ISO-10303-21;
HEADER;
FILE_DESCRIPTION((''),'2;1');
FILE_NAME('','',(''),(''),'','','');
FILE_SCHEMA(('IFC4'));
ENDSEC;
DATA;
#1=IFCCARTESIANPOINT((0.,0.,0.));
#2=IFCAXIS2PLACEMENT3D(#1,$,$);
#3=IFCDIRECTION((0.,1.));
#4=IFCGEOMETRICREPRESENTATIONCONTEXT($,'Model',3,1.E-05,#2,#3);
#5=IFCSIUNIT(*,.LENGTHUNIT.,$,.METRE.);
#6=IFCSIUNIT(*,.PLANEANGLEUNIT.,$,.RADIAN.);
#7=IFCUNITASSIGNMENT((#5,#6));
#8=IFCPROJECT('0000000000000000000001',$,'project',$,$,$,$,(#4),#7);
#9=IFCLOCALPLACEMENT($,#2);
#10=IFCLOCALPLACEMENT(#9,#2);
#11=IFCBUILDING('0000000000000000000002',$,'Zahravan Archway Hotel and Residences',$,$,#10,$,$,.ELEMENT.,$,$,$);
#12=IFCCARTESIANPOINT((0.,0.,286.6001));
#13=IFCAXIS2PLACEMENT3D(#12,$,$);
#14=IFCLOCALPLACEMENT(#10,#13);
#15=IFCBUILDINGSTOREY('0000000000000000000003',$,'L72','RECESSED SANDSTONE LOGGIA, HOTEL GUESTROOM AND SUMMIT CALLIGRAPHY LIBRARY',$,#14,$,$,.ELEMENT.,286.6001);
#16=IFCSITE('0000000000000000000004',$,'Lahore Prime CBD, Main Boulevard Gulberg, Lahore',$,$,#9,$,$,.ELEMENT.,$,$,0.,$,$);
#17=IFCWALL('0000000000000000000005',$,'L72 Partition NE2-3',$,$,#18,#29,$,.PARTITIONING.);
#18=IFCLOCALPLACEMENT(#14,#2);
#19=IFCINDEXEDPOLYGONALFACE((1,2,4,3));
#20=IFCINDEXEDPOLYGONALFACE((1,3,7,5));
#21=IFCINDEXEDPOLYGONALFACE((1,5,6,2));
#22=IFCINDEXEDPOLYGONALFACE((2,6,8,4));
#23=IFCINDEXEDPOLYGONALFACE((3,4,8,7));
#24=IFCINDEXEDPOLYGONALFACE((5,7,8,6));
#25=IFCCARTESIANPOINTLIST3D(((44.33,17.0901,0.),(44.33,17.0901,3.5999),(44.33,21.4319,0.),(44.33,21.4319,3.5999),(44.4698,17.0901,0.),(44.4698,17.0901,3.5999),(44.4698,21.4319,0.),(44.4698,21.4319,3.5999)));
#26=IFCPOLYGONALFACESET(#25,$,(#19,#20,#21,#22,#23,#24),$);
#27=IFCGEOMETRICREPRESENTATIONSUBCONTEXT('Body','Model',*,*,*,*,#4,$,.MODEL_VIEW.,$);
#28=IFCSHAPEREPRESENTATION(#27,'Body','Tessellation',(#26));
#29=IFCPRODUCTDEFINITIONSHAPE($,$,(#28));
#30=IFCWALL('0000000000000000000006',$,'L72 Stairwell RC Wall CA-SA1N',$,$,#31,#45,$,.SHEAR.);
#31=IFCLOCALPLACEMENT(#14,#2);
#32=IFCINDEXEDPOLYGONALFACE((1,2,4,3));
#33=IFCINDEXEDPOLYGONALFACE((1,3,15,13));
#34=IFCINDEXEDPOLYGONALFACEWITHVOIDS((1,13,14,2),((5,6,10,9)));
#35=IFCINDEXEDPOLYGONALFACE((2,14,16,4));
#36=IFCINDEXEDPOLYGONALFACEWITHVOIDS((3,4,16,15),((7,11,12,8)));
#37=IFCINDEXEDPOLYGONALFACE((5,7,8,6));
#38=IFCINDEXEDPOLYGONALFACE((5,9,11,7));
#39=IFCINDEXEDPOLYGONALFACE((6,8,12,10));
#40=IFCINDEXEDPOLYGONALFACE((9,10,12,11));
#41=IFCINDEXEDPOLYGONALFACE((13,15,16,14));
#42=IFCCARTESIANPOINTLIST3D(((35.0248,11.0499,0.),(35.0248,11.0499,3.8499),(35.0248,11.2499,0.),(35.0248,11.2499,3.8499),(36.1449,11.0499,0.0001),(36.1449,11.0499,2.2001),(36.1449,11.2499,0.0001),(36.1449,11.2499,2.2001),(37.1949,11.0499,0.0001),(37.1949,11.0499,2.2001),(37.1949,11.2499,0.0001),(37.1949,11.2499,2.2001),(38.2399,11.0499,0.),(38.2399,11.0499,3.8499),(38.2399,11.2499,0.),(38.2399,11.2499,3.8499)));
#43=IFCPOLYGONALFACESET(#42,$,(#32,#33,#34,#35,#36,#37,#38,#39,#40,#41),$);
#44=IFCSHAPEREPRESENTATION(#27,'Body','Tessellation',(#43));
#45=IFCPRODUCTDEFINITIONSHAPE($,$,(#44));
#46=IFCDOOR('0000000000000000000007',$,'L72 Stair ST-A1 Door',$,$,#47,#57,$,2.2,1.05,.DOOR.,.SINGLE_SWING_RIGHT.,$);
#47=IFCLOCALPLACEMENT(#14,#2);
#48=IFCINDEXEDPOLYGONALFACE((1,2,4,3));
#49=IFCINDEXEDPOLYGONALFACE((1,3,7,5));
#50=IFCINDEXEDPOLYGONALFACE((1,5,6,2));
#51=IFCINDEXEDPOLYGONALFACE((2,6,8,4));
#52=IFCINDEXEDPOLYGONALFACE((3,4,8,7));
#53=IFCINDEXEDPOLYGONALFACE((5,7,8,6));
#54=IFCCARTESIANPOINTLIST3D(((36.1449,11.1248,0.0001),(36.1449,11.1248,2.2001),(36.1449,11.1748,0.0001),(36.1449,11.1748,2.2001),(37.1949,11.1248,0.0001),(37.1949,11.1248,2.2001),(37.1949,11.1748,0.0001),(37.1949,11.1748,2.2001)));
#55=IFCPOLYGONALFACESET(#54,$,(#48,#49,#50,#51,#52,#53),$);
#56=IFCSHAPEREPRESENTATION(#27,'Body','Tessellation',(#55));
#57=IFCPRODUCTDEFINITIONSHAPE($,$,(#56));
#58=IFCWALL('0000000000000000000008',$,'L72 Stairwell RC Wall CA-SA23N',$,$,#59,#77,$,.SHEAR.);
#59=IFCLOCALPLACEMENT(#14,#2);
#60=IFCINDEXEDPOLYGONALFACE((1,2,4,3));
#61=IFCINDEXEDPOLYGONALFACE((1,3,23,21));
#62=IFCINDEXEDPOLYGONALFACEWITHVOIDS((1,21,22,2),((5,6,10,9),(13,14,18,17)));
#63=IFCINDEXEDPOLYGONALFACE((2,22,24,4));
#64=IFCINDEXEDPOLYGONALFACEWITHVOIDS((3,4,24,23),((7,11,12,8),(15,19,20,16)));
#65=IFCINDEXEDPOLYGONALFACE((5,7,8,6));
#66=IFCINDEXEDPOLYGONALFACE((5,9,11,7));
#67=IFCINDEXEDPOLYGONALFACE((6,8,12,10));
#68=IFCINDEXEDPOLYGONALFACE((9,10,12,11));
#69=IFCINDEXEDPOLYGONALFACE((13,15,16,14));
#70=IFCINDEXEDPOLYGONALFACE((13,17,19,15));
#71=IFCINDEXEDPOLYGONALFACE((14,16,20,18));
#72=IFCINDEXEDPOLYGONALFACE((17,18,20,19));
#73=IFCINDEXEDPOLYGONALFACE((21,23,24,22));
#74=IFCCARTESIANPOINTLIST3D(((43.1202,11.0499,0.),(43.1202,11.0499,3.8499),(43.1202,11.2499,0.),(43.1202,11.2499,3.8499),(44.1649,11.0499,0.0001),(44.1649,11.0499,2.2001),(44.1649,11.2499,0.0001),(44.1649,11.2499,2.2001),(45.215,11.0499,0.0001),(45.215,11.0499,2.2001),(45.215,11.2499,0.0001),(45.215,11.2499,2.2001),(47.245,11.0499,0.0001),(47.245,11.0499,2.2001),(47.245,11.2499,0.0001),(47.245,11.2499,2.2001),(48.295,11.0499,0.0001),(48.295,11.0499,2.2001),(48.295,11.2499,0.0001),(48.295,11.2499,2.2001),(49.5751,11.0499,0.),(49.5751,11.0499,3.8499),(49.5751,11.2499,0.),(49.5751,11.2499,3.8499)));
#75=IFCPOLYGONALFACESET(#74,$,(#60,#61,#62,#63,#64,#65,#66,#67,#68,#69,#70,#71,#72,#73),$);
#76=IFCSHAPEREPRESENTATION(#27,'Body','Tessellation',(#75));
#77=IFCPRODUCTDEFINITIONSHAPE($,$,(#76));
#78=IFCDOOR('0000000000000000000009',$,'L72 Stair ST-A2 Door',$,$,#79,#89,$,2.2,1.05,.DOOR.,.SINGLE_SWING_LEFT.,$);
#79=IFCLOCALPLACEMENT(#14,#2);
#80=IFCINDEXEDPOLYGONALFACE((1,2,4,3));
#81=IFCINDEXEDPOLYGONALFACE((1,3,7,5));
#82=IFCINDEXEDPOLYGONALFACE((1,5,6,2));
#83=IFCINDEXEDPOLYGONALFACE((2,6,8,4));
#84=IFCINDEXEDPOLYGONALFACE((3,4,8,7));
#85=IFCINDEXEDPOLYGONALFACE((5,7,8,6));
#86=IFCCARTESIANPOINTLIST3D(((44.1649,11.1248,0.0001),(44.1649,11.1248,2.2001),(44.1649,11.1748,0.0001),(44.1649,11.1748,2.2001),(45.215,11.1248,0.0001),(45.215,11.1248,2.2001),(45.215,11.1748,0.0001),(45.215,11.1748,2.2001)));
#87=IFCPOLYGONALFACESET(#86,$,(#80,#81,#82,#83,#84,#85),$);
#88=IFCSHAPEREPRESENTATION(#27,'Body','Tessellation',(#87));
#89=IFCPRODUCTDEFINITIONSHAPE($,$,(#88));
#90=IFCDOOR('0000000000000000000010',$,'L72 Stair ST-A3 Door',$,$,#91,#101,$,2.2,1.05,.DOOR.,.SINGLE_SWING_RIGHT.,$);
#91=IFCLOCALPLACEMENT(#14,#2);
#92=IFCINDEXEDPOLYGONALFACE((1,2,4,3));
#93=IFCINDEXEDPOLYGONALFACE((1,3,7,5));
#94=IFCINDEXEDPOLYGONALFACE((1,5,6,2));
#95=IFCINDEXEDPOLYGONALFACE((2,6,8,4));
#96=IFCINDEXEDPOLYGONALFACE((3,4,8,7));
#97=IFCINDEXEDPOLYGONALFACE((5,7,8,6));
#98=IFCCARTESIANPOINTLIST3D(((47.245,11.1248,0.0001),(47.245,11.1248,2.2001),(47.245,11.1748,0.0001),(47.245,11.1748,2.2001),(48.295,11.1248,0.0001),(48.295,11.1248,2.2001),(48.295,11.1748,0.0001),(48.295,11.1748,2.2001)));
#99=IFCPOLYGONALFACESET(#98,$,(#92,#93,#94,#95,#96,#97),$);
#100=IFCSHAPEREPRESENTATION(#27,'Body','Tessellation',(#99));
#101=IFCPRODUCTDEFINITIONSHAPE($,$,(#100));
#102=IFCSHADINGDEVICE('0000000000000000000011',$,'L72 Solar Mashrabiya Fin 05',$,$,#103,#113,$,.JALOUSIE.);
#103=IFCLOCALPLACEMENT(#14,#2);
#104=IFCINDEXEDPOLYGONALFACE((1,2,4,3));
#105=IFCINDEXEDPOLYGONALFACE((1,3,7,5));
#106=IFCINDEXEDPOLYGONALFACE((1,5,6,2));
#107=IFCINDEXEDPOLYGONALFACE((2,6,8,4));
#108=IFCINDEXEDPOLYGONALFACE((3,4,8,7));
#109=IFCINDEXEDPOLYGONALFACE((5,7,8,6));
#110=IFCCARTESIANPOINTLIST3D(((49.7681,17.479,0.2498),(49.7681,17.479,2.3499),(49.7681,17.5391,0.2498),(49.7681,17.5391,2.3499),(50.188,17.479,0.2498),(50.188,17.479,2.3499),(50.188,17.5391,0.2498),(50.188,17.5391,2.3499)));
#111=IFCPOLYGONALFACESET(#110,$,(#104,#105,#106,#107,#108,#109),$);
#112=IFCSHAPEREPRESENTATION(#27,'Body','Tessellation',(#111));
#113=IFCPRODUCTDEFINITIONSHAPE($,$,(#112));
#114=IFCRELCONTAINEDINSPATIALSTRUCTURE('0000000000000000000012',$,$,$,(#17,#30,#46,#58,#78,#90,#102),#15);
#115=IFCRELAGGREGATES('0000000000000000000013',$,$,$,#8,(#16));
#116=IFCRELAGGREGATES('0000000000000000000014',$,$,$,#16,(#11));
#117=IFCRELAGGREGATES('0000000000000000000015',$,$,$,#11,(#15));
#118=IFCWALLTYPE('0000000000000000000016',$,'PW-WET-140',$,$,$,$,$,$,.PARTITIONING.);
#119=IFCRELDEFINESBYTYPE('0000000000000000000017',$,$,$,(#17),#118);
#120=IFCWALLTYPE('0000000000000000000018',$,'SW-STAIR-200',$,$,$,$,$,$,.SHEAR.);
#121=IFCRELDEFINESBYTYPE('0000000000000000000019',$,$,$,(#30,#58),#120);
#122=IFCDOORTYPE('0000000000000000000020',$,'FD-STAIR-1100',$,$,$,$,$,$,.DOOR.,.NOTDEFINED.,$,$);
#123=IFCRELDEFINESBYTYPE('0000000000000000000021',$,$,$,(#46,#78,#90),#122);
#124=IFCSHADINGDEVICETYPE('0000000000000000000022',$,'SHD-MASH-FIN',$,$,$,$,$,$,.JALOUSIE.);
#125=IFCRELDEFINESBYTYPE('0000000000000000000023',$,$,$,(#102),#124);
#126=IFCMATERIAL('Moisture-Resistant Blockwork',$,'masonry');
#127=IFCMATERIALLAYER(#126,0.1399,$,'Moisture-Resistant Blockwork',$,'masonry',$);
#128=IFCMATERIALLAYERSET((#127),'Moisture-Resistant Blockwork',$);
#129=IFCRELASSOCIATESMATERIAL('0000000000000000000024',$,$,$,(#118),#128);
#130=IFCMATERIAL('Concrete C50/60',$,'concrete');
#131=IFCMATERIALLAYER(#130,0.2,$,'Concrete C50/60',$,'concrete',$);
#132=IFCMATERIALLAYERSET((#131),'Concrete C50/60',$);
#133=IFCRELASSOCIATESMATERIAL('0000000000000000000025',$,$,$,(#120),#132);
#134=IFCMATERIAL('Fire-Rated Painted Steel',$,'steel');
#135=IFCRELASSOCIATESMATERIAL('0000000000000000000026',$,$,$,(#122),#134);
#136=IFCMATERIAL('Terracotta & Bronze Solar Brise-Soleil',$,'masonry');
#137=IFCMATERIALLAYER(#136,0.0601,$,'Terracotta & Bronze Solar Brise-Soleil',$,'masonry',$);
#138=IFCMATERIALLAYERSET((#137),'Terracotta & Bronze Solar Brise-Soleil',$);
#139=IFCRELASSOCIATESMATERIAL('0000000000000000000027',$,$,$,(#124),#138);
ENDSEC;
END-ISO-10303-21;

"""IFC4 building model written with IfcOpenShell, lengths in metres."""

from ifc_helpers import new_model, si_unit, direction, frame, frame_2d, origin, origin_2d, place, context, subcontext, project, spatial, rectangle, extrude, source, transform, mapped, material, layer, layer_set, type_object, type_shapes, element, fill, save


model = new_model("IFC4")

# Units and contexts
model_context = context("Model", 3, precision=1e-05, world=origin(), true_north=direction((0.0, 1.0)))
body_context = subcontext(model_context, "Body", "Model", "MODEL_VIEW")
ifc_project = project(units=[si_unit("LENGTHUNIT", "METRE"), si_unit("PLANEANGLEUNIT", "RADIAN")], contexts=[model_context])

# Site, building, storey
site_placement = place(None, origin())
site = spatial("IfcSite", under=ifc_project, at=site_placement, Name="Lahore Prime CBD, Main Boulevard Gulberg, Lahore", CompositionType="ELEMENT", RefElevation=0.0)
building_placement = place(site_placement, origin())
building = spatial("IfcBuilding", under=site, at=building_placement, Name="Zahravan Archway Hotel and Residences", CompositionType="ELEMENT")
storey_placement = place(building_placement, frame((0.0, 0.0, 286.6001)))
storey = spatial("IfcBuildingStorey", under=building, at=storey_placement, Name="L72", Description="RECESSED SANDSTONE LOGGIA, HOTEL GUESTROOM AND SUMMIT CALLIGRAPHY LIBRARY", CompositionType="ELEMENT", Elevation=286.6001)

# Shared definitions
ifc_material_1 = material(Name="Concrete C50/60", Category="concrete")

# Shared definitions
ifc_material_2 = material(Name="Fire-Rated Painted Steel", Category="steel")

# Wall
ifc_material_3 = material(Name="Moisture-Resistant Blockwork", Category="masonry")
ifc_layer_1 = layer(ifc_material_3, 0.1399, Name="Moisture-Resistant Blockwork", Category="masonry")
ifc_layer_set_1 = layer_set([ifc_layer_1], Name="Moisture-Resistant Blockwork")
wall_type_1 = type_object("IfcWallType", Name="PW-WET-140", PredefinedType="PARTITIONING", material=ifc_layer_set_1)
for number, where, z_axis, x_axis, name in (
    (1, (44.3999, 17.0901, 0.0), (0.0, 0.0, 1.0), (0.0, 1.0, 0.0), "L72 Partition NE2-3"),
):
    element("IfcWall", number, at=place(storey_placement, frame(where, z_axis=z_axis, x_axis=x_axis)), inside=storey, type_object=wall_type_1, Name=name, PredefinedType="PARTITIONING", context=body_context, shape_type="SweptSolid", body=[
        extrude(rectangle(XDim=4.3418, YDim=0.1399, at=frame_2d((2.1709, 0.0))), origin(), (0.0, 0.0, 1.0), 3.5999),
    ])

# Wall, opening, door
ifc_layer_2 = layer(ifc_material_1, 0.2, Name="Concrete C50/60", Category="concrete")
ifc_layer_set_2 = layer_set([ifc_layer_2], Name="Concrete C50/60")
wall_type_2 = type_object("IfcWallType", Name="SW-STAIR-200", PredefinedType="SHEAR", material=ifc_layer_set_2)
wall_1_placement = place(storey_placement, frame((35.0249, 11.1499, 0.0), z_axis=(0.0, 0.0, 1.0), x_axis=(1.0, 0.0, 0.0)))
wall_1 = element("IfcWall", 2, at=wall_1_placement, inside=storey, type_object=wall_type_2, Name="L72 Stairwell RC Wall CA-SA1N", PredefinedType="SHEAR", context=body_context, shape_type="SweptSolid", body=[
    extrude(rectangle(XDim=3.2151, YDim=0.2, at=frame_2d((1.6074, 0.0))), origin(), (0.0, 0.0, 1.0), 3.8499),
])
opening_1_placement = place(wall_1_placement, frame((1.1201, 0.0, 0.0)))
opening_1 = element("IfcOpeningElement", 3, at=opening_1_placement, cuts=wall_1, PredefinedType="OPENING", context=body_context, shape_type="SweptSolid", body=[
    extrude(rectangle(XDim=1.05, YDim=2.2, at=frame_2d((0.5249, 1.1001))), frame((0.0, 0.1099, 0.0), z_axis=(0.0, -1.0, 0.0), x_axis=(1.0, 0.0, 0.0)), (0.0, 0.0, 1.0), 0.22),
])
door_type_1 = type_object("IfcDoorType", Name="FD-STAIR-1100", OperationType="NOTDEFINED", PredefinedType="DOOR", material=ifc_material_2)
shared_shape_1 = source(origin(), body_context, "Body", "SweptSolid", [
    extrude(rectangle(XDim=1.05, YDim=2.2, at=frame_2d((0.5249, 1.1001))), frame((0.0, 0.0249, 0.0), z_axis=(0.0, -1.0, 0.0), x_axis=(1.0, 0.0, 0.0)), (0.0, 0.0, 1.0), 0.05),
])
type_shapes(door_type_1, [shared_shape_1])
door_1_placement = place(opening_1_placement, origin())
door_1 = element("IfcDoor", 4, at=door_1_placement, inside=storey, type_object=door_type_1, Name="L72 Stair ST-A1 Door", OperationType="SINGLE_SWING_RIGHT", OverallHeight=2.2, OverallWidth=1.05, PredefinedType="DOOR", context=body_context, shape_type="MappedRepresentation", body=[
    mapped(shared_shape_1, transform((0.0, 0.0, 0.0), scale=1.0)),
])
fill(opening_1, door_1)

# Wall, openings, doors
wall_2_placement = place(storey_placement, frame((43.1201, 11.1499, 0.0), z_axis=(0.0, 0.0, 1.0), x_axis=(1.0, 0.0, 0.0)))
wall_2 = element("IfcWall", 5, at=wall_2_placement, inside=storey, type_object=wall_type_2, Name="L72 Stairwell RC Wall CA-SA23N", PredefinedType="SHEAR", context=body_context, shape_type="SweptSolid", body=[
    extrude(rectangle(XDim=6.4548, YDim=0.2, at=frame_2d((3.2275, 0.0))), origin(), (0.0, 0.0, 1.0), 3.8499),
])
opening_2_placement = place(wall_2_placement, frame((1.0449, 0.0, 0.0)))
opening_2 = element("IfcOpeningElement", 6, at=opening_2_placement, cuts=wall_2, PredefinedType="OPENING", context=body_context, shape_type="SweptSolid", body=[
    extrude(rectangle(XDim=1.05, YDim=2.2, at=frame_2d((0.5249, 1.1001))), frame((0.0, 0.1099, 0.0), z_axis=(0.0, -1.0, 0.0), x_axis=(1.0, 0.0, 0.0)), (0.0, 0.0, 1.0), 0.22),
])
opening_3_placement = place(wall_2_placement, frame((4.125, 0.0, 0.0)))
opening_3 = element("IfcOpeningElement", 7, at=opening_3_placement, cuts=wall_2, PredefinedType="OPENING", context=body_context, shape_type="SweptSolid", body=[
    extrude(rectangle(XDim=1.05, YDim=2.2, at=frame_2d((0.5249, 1.1001))), frame((0.0, 0.1099, 0.0), z_axis=(0.0, -1.0, 0.0), x_axis=(1.0, 0.0, 0.0)), (0.0, 0.0, 1.0), 0.22),
])
door_2_placement = place(opening_2_placement, origin())
door_2 = element("IfcDoor", 8, at=door_2_placement, inside=storey, type_object=door_type_1, Name="L72 Stair ST-A2 Door", OperationType="SINGLE_SWING_LEFT", OverallHeight=2.2, OverallWidth=1.05, PredefinedType="DOOR", context=body_context, shape_type="MappedRepresentation", body=[
    mapped(shared_shape_1, transform((0.0, 0.0, 0.0), scale=1.0)),
])
fill(opening_2, door_2)
door_3_placement = place(opening_3_placement, origin())
door_3 = element("IfcDoor", 9, at=door_3_placement, inside=storey, type_object=door_type_1, Name="L72 Stair ST-A3 Door", OperationType="SINGLE_SWING_RIGHT", OverallHeight=2.2, OverallWidth=1.05, PredefinedType="DOOR", context=body_context, shape_type="MappedRepresentation", body=[
    mapped(shared_shape_1, transform((0.0, 0.0, 0.0), scale=1.0)),
])
fill(opening_3, door_3)

# Shading device
ifc_material_4 = material(Name="Terracotta & Bronze Solar Brise-Soleil", Category="masonry")
ifc_layer_3 = layer(ifc_material_4, 0.0601, Name="Terracotta & Bronze Solar Brise-Soleil", Category="masonry")
ifc_layer_set_3 = layer_set([ifc_layer_3], Name="Terracotta & Bronze Solar Brise-Soleil")
shading_device_type = type_object("IfcShadingDeviceType", Name="SHD-MASH-FIN", PredefinedType="JALOUSIE", material=ifc_layer_set_3)
shared_shape_2 = source(origin(), body_context, "Body", "SweptSolid", [
    extrude(rectangle(XDim=0.0601, YDim=0.4199, at=origin_2d()), origin(), (0.0, 0.0, 1.0), 2.1001),
])
type_shapes(shading_device_type, [shared_shape_2])
shading_device_placement = place(storey_placement, frame((49.978, 17.509, 0.2498), z_axis=(0.0, 0.0, 1.0), x_axis=(0.0, 1.0, 0.0)))
element("IfcShadingDevice", 10, at=shading_device_placement, inside=storey, type_object=shading_device_type, Name="L72 Solar Mashrabiya Fin 05", PredefinedType="JALOUSIE", context=body_context, shape_type="MappedRepresentation", body=[
    mapped(shared_shape_2, transform((0.0, 0.0, 0.0), scale=1.0)),
])

save(model, "model.ifc")
